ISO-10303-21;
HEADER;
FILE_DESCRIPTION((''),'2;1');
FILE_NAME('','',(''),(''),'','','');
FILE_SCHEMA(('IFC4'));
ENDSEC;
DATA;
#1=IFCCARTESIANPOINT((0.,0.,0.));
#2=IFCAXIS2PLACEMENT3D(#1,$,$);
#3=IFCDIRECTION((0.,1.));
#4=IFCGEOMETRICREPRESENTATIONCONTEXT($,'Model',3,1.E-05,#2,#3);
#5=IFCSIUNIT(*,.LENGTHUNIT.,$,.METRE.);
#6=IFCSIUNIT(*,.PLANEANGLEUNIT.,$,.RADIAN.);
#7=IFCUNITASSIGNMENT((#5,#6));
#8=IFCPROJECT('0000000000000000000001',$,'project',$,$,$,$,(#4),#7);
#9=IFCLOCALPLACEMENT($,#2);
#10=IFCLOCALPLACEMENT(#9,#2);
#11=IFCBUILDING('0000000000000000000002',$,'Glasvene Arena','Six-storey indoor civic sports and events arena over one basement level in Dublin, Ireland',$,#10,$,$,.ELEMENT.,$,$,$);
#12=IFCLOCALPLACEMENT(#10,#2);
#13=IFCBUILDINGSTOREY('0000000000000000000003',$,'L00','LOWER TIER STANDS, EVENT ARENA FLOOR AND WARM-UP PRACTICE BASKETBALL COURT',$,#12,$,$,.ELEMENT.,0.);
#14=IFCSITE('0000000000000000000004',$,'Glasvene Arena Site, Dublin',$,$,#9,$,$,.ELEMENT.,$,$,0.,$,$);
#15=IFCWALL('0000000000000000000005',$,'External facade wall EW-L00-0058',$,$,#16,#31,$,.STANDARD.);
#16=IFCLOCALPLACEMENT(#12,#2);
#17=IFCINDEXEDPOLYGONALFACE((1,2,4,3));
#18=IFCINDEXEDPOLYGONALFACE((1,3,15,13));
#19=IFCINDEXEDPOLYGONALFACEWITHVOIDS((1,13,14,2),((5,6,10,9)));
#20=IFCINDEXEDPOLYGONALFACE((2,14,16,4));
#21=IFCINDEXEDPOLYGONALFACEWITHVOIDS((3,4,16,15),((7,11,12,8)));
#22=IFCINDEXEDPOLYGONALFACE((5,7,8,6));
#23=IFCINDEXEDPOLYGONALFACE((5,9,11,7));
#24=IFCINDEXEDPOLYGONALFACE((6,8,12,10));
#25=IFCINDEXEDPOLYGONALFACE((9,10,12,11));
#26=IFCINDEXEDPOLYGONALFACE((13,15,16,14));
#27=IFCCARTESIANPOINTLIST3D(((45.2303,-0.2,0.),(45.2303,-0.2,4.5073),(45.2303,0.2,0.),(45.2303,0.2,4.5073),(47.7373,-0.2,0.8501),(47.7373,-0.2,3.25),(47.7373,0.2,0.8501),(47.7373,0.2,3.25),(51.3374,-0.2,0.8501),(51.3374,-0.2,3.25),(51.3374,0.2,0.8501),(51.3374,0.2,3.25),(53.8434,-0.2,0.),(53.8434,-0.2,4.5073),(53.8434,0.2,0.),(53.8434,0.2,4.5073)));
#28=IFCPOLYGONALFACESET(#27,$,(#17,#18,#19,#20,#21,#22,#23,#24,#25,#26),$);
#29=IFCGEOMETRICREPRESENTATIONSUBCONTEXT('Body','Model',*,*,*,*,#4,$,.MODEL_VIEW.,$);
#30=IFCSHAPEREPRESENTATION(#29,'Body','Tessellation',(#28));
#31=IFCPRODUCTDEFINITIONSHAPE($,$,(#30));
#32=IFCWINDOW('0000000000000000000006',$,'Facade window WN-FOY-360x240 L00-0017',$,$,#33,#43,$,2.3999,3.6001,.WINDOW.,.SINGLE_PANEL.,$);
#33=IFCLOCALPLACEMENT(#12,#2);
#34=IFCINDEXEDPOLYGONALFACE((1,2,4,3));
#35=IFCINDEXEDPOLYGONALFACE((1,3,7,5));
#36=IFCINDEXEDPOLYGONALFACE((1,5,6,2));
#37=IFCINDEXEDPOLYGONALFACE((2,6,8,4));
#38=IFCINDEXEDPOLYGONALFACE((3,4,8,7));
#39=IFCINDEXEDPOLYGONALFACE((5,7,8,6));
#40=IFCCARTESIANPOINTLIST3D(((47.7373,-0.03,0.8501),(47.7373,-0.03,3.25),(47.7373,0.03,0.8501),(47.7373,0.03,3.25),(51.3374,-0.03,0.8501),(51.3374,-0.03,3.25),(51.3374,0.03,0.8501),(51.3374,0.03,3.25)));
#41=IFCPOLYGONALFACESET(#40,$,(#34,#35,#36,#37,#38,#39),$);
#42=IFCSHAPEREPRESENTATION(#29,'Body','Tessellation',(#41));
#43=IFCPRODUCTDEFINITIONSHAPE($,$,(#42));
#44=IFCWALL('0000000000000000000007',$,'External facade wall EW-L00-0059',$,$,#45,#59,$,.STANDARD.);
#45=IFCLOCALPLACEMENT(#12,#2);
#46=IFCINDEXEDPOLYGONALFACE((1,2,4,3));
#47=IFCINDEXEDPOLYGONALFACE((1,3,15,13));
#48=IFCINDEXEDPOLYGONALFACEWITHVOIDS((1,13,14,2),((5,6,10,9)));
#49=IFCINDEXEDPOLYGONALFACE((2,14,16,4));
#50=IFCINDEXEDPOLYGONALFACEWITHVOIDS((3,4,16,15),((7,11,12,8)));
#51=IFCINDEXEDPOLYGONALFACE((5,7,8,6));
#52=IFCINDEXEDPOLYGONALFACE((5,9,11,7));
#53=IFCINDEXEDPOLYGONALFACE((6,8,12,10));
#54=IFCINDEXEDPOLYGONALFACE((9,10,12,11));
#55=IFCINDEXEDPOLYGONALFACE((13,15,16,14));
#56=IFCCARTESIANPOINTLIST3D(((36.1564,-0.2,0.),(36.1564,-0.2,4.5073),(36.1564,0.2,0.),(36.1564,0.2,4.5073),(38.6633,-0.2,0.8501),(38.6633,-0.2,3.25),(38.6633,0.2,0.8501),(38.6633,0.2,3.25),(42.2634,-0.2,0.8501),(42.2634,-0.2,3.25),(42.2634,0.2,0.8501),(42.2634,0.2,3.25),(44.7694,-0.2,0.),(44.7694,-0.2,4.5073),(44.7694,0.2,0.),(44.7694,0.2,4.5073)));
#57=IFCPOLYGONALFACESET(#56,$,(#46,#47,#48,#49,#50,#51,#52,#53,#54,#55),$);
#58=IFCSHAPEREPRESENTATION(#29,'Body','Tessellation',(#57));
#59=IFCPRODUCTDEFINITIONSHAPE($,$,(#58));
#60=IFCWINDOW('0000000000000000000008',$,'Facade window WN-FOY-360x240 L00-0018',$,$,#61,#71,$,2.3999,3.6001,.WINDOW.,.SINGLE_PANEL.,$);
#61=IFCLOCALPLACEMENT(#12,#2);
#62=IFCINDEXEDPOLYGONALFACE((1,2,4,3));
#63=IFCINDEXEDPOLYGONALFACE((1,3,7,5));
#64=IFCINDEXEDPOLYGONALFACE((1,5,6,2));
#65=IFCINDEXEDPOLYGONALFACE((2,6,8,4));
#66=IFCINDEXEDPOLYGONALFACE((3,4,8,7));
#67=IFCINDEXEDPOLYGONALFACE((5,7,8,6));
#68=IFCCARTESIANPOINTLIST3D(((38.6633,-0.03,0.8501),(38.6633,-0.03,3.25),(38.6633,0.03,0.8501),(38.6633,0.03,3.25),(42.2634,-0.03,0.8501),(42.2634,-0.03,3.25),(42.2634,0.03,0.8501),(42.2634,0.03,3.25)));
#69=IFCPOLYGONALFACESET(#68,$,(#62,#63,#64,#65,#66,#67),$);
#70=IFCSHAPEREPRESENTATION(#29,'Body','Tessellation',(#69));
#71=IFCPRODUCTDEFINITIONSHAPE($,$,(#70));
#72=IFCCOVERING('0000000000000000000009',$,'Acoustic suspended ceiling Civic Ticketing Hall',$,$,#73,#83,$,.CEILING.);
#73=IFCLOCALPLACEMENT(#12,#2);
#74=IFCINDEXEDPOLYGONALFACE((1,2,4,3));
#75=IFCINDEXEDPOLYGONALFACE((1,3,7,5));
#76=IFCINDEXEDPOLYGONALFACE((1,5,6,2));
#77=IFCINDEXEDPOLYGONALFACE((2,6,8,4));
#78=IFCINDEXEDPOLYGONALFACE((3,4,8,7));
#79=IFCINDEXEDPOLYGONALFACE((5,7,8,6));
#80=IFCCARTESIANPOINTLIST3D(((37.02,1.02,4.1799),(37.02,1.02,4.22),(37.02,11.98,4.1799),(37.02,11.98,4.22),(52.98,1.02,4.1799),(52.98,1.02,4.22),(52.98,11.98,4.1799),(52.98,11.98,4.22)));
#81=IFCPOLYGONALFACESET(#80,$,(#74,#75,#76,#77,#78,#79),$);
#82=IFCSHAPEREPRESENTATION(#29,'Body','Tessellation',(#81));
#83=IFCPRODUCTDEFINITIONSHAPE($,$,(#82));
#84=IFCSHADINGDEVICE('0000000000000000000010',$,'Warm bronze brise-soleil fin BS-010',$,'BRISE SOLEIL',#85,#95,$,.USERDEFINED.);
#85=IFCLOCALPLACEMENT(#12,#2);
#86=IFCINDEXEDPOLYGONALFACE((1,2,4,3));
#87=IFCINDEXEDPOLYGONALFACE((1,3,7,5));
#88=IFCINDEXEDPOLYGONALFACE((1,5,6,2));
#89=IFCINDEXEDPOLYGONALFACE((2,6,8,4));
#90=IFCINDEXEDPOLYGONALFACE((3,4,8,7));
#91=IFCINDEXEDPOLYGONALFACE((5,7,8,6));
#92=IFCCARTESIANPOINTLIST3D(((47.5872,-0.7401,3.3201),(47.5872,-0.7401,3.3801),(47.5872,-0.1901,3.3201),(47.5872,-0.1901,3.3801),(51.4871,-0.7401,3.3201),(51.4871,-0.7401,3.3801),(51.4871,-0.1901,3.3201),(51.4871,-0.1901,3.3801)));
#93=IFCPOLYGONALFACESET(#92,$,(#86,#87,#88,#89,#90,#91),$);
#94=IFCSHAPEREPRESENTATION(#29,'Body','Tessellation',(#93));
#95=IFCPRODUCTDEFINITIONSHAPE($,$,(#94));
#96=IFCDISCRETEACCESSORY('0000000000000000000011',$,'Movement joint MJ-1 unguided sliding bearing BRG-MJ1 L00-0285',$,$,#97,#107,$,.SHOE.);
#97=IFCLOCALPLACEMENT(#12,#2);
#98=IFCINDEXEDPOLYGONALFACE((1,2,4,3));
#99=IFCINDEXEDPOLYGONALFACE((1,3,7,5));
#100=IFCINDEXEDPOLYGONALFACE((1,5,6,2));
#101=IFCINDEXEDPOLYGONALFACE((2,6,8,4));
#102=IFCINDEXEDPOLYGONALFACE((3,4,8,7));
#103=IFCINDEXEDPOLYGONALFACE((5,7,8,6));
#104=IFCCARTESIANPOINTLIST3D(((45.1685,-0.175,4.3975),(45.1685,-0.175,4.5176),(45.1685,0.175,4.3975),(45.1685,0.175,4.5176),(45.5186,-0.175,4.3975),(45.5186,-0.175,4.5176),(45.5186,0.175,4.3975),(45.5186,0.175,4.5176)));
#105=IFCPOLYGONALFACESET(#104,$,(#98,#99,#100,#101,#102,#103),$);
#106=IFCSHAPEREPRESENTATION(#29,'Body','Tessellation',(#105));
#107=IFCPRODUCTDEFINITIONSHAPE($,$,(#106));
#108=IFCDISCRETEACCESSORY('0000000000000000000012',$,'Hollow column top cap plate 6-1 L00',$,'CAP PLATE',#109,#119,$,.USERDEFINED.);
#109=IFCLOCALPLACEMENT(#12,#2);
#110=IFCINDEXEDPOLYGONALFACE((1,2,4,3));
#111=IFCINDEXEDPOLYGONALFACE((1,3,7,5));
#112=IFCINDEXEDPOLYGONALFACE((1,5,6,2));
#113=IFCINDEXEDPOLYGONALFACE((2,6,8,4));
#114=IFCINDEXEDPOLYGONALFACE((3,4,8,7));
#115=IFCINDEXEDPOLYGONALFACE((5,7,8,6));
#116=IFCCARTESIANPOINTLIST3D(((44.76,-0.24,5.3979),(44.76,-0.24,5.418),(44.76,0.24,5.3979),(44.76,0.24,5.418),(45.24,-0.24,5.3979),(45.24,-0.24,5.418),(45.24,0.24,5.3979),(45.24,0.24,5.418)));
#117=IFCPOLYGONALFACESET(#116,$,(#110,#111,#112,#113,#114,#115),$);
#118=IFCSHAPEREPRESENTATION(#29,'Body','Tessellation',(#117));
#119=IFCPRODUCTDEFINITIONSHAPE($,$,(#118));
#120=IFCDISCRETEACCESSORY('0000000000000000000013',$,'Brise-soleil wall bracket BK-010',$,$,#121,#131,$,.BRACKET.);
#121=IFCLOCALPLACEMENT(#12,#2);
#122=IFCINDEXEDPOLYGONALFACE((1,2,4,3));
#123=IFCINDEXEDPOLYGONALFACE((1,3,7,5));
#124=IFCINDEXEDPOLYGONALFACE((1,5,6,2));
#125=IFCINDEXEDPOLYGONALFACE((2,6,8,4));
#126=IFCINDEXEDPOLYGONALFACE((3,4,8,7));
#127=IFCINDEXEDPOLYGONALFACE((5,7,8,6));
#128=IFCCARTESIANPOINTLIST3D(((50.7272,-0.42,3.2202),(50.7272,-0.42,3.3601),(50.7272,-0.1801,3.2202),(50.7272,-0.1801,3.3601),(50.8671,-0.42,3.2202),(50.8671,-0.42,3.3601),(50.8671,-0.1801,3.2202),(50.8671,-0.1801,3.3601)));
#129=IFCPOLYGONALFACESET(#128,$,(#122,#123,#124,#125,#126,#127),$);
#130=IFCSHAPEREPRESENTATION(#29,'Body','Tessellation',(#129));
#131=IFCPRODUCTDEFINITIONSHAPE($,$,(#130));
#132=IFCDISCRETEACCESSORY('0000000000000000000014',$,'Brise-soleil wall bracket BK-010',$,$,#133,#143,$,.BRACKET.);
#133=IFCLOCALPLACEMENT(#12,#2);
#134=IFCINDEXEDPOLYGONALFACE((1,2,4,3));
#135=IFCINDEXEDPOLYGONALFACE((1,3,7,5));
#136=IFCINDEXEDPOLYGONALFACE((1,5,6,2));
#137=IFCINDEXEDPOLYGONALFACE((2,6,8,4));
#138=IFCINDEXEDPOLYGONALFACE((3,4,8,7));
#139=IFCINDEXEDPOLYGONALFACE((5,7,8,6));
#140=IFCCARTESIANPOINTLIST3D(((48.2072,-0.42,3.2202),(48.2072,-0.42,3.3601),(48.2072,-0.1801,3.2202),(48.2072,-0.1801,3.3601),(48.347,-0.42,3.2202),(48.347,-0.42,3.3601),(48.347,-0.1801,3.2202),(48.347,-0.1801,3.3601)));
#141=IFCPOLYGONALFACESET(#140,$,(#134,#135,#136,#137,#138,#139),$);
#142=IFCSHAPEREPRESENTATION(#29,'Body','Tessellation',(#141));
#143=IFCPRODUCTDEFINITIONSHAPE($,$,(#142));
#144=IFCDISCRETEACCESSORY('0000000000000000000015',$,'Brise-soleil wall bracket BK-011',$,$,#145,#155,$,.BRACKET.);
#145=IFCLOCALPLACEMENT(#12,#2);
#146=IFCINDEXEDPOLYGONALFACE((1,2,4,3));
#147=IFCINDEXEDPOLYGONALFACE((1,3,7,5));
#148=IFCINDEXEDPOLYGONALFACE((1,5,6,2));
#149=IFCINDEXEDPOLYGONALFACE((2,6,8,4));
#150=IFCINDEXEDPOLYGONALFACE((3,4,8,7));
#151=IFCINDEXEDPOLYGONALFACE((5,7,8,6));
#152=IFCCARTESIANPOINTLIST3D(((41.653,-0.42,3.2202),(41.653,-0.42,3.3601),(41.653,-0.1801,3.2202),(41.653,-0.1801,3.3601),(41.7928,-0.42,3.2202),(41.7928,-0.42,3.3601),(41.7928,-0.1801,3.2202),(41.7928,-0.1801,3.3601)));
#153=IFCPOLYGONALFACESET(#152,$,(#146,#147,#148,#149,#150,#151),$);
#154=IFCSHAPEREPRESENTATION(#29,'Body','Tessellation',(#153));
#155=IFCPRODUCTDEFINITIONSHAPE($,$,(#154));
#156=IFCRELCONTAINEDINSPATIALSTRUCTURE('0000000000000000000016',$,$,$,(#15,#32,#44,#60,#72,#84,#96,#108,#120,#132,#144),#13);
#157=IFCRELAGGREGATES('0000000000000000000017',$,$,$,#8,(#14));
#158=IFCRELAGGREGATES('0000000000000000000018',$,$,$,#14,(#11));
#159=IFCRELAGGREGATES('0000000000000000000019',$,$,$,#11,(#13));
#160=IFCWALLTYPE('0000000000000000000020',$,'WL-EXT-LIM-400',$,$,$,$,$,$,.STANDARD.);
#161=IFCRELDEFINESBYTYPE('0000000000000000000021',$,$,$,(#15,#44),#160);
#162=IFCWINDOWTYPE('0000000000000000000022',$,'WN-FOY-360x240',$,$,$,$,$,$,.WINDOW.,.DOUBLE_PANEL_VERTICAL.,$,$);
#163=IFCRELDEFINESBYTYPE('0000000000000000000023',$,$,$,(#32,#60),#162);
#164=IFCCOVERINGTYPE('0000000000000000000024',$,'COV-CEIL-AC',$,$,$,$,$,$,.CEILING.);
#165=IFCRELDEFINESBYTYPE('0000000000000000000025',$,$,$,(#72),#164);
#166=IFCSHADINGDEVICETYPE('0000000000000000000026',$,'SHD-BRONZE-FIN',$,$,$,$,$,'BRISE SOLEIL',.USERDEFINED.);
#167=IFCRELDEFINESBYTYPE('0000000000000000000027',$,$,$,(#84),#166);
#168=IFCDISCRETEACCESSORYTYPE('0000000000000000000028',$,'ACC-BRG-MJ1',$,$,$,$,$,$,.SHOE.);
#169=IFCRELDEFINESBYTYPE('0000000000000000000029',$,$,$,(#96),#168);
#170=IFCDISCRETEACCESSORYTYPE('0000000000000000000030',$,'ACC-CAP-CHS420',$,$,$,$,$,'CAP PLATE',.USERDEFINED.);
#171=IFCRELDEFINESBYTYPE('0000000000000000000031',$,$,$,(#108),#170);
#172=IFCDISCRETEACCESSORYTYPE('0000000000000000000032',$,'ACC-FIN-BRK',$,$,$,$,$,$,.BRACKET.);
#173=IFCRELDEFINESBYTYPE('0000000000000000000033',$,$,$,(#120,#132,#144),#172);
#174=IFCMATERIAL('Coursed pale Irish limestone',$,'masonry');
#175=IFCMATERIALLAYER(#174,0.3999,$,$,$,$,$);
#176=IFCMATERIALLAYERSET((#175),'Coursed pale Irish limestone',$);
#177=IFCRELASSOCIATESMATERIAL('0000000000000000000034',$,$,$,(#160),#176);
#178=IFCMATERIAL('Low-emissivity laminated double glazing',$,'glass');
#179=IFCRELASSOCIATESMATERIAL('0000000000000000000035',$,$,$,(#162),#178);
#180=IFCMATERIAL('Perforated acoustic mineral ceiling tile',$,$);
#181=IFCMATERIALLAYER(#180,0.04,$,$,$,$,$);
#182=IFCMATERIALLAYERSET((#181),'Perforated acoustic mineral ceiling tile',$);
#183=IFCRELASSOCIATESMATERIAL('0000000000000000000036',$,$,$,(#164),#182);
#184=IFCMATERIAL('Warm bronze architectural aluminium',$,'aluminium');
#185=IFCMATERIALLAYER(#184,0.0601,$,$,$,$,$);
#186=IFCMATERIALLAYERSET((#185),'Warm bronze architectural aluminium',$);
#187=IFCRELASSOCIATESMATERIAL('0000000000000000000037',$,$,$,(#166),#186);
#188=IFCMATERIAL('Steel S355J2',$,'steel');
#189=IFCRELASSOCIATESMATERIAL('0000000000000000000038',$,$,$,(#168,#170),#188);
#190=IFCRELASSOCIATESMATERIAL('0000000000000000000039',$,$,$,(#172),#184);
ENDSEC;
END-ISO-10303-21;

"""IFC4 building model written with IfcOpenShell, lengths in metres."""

from ifc_helpers import new_model, si_unit, direction, frame, frame_2d, origin, origin_2d, place, context, subcontext, project, spatial, polyline, rectangle, outline, extrude, material, layer, layer_set, type_object, element, fill, save


model = new_model("IFC4")

# Units and contexts
model_context = context("Model", 3, precision=1e-05, world=origin(), true_north=direction((0.0, 1.0)))
body_context = subcontext(model_context, "Body", "Model", "MODEL_VIEW")
ifc_project = project(units=[si_unit("LENGTHUNIT", "METRE"), si_unit("PLANEANGLEUNIT", "RADIAN")], contexts=[model_context])

# Site, building, storey
site_placement = place(None, origin())
site = spatial("IfcSite", under=ifc_project, at=site_placement, Name="Glasvene Arena Site, Dublin", CompositionType="ELEMENT", RefElevation=0.0)
building_placement = place(site_placement, origin())
building = spatial("IfcBuilding", under=site, at=building_placement, Name="Glasvene Arena", Description="Six-storey indoor civic sports and events arena over one basement level in Dublin, Ireland", CompositionType="ELEMENT")
storey_placement = place(building_placement, origin())
storey = spatial("IfcBuildingStorey", under=building, at=storey_placement, Name="L00", Description="LOWER TIER STANDS, EVENT ARENA FLOOR AND WARM-UP PRACTICE BASKETBALL COURT", CompositionType="ELEMENT", Elevation=0.0)

# Shared definitions
ifc_material_1 = material(Name="Steel S355J2", Category="steel")

# Walls, openings, windows
ifc_material_2 = material(Name="Coursed pale Irish limestone", Category="masonry")
ifc_layer_1 = layer(ifc_material_2, 0.3999)
ifc_layer_set_1 = layer_set([ifc_layer_1], Name="Coursed pale Irish limestone")
wall_type = type_object("IfcWallType", Name="WL-EXT-LIM-400", PredefinedType="STANDARD", material=ifc_layer_set_1)
wall_1_placement = place(storey_placement, frame((53.8435, 0.0, 0.0), z_axis=(0.0, 0.0, 1.0), x_axis=(-1.0, 0.0, 0.0)))
wall_1 = element("IfcWall", 1, at=wall_1_placement, inside=storey, type_object=wall_type, Name="External facade wall EW-L00-0058", PredefinedType="STANDARD", context=body_context, shape_type="SweptSolid", body=[
    extrude(rectangle(XDim=8.613, YDim=0.3999, at=frame_2d((4.3066, 0.0))), origin(), (0.0, 0.0, 1.0), 4.5073),
])
opening_1_placement = place(wall_1_placement, frame((2.5061, 0.0, 0.8501)))
opening_1 = element("IfcOpeningElement", 2, at=opening_1_placement, cuts=wall_1, PredefinedType="OPENING", context=body_context, shape_type="SweptSolid", body=[
    extrude(rectangle(XDim=3.6001, YDim=2.3999, at=frame_2d((1.8, 1.2))), frame((0.0, 0.21, 0.0), z_axis=(0.0, -1.0, 0.0), x_axis=(1.0, 0.0, 0.0)), (0.0, 0.0, 1.0), 0.4199),
])
ifc_material_3 = material(Name="Low-emissivity laminated double glazing", Category="glass")
window_type = type_object("IfcWindowType", Name="WN-FOY-360x240", PartitioningType="DOUBLE_PANEL_VERTICAL", PredefinedType="WINDOW", material=ifc_material_3)
window_1_placement = place(opening_1_placement, origin())
window_1 = element("IfcWindow", 3, at=window_1_placement, inside=storey, type_object=window_type, Name="Facade window WN-FOY-360x240 L00-0017", OverallHeight=2.3999, OverallWidth=3.6001, PartitioningType="SINGLE_PANEL", PredefinedType="WINDOW", context=body_context, shape_type="SweptSolid", body=[
    extrude(rectangle(XDim=3.6001, YDim=2.3999, at=frame_2d((1.8, 1.2))), frame((0.0, 0.03, 0.0), z_axis=(0.0, -1.0, 0.0), x_axis=(1.0, 0.0, 0.0)), (0.0, 0.0, 1.0), 0.0601),
])
fill(opening_1, window_1)
wall_2_placement = place(storey_placement, frame((44.7695, 0.0, 0.0), z_axis=(0.0, 0.0, 1.0), x_axis=(-1.0, 0.0, 0.0)))
wall_2 = element("IfcWall", 4, at=wall_2_placement, inside=storey, type_object=wall_type, Name="External facade wall EW-L00-0059", PredefinedType="STANDARD", context=body_context, shape_type="SweptSolid", body=[
    extrude(rectangle(XDim=8.613, YDim=0.3999, at=frame_2d((4.3066, 0.0))), origin(), (0.0, 0.0, 1.0), 4.5073),
])
opening_2_placement = place(wall_2_placement, frame((2.5061, 0.0, 0.8501)))
opening_2 = element("IfcOpeningElement", 5, at=opening_2_placement, cuts=wall_2, PredefinedType="OPENING", context=body_context, shape_type="SweptSolid", body=[
    extrude(rectangle(XDim=3.6001, YDim=2.3999, at=frame_2d((1.8, 1.2))), frame((0.0, 0.21, 0.0), z_axis=(0.0, -1.0, 0.0), x_axis=(1.0, 0.0, 0.0)), (0.0, 0.0, 1.0), 0.4199),
])
window_2_placement = place(opening_2_placement, origin())
window_2 = element("IfcWindow", 6, at=window_2_placement, inside=storey, type_object=window_type, Name="Facade window WN-FOY-360x240 L00-0018", OverallHeight=2.3999, OverallWidth=3.6001, PartitioningType="SINGLE_PANEL", PredefinedType="WINDOW", context=body_context, shape_type="SweptSolid", body=[
    extrude(rectangle(XDim=3.6001, YDim=2.3999, at=frame_2d((1.8, 1.2))), frame((0.0, 0.03, 0.0), z_axis=(0.0, -1.0, 0.0), x_axis=(1.0, 0.0, 0.0)), (0.0, 0.0, 1.0), 0.0601),
])
fill(opening_2, window_2)

# Covering
ifc_material_4 = material(Name="Perforated acoustic mineral ceiling tile")
ifc_layer_2 = layer(ifc_material_4, 0.04)
ifc_layer_set_2 = layer_set([ifc_layer_2], Name="Perforated acoustic mineral ceiling tile")
covering_type = type_object("IfcCoveringType", Name="COV-CEIL-AC", PredefinedType="CEILING", material=ifc_layer_set_2)
covering_placement = place(storey_placement, frame((45.0, 6.5, 4.1799)))
element("IfcCovering", 7, at=covering_placement, inside=storey, type_object=covering_type, Name="Acoustic suspended ceiling Civic Ticketing Hall", PredefinedType="CEILING", context=body_context, shape_type="SweptSolid", body=[
    extrude(outline(polyline([(7.98, 5.48), (7.98, -5.48), (-7.98, -5.48), (-7.98, 5.48), (7.98, 5.48)])), origin(), (0.0, 0.0, 1.0), 0.04),
])

# Shading device
ifc_material_5 = material(Name="Warm bronze architectural aluminium", Category="aluminium")
ifc_layer_3 = layer(ifc_material_5, 0.0601)
ifc_layer_set_3 = layer_set([ifc_layer_3], Name="Warm bronze architectural aluminium")
shading_device_type = type_object("IfcShadingDeviceType", Name="SHD-BRONZE-FIN", ElementType="BRISE SOLEIL", PredefinedType="USERDEFINED", material=ifc_layer_set_3)
shading_device_placement = place(storey_placement, frame((49.5371, -0.4651, 3.3201), z_axis=(0.0, 0.0, 1.0), x_axis=(-1.0, 0.0, 0.0)))
element("IfcShadingDevice", 8, at=shading_device_placement, inside=storey, type_object=shading_device_type, Name="Warm bronze brise-soleil fin BS-010", ObjectType="BRISE SOLEIL", PredefinedType="USERDEFINED", context=body_context, shape_type="SweptSolid", body=[
    extrude(rectangle(XDim=3.8999, YDim=0.55, at=origin_2d()), origin(), (0.0, 0.0, 1.0), 0.0601),
])

# Discrete accessories
discrete_accessory_type_1 = type_object("IfcDiscreteAccessoryType", Name="ACC-BRG-MJ1", PredefinedType="SHOE", material=ifc_material_1)
discrete_accessory_1_placement = place(storey_placement, frame((45.3435, 0.0, 4.3975), z_axis=(0.0, 0.0, 1.0), x_axis=(1.0, 0.0, 0.0)))
element("IfcDiscreteAccessory", 9, at=discrete_accessory_1_placement, inside=storey, type_object=discrete_accessory_type_1, Name="Movement joint MJ-1 unguided sliding bearing BRG-MJ1 L00-0285", PredefinedType="SHOE", context=body_context, shape_type="SweptSolid", body=[
    extrude(rectangle(XDim=0.3501, YDim=0.3501, at=origin_2d()), origin(), (0.0, 0.0, 1.0), 0.1201),
])
discrete_accessory_type_2 = type_object("IfcDiscreteAccessoryType", Name="ACC-CAP-CHS420", ElementType="CAP PLATE", PredefinedType="USERDEFINED", material=ifc_material_1)
discrete_accessory_2_placement = place(storey_placement, frame((45.0, 0.0, 5.3979), z_axis=(0.0, 0.0, 1.0), x_axis=(1.0, 0.0, 0.0)))
element("IfcDiscreteAccessory", 10, at=discrete_accessory_2_placement, inside=storey, type_object=discrete_accessory_type_2, Name="Hollow column top cap plate 6-1 L00", ObjectType="CAP PLATE", PredefinedType="USERDEFINED", context=body_context, shape_type="SweptSolid", body=[
    extrude(rectangle(XDim=0.48, YDim=0.48, at=origin_2d()), origin(), (0.0, 0.0, 1.0), 0.02),
])
discrete_accessory_type_3 = type_object("IfcDiscreteAccessoryType", Name="ACC-FIN-BRK", PredefinedType="BRACKET", material=ifc_material_5)
for number, where, z_axis, x_axis, name in (
    (11, (50.7971, -0.3, 3.2202), (0.0, 0.0, 1.0), (-1.0, 0.0, 0.0), "Brise-soleil wall bracket BK-010"),
    (12, (48.2771, -0.3, 3.2202), (0.0, 0.0, 1.0), (-1.0, 0.0, 0.0), "Brise-soleil wall bracket BK-010"),
    (13, (41.7229, -0.3, 3.2202), (0.0, 0.0, 1.0), (-1.0, 0.0, 0.0), "Brise-soleil wall bracket BK-011"),
):
    element("IfcDiscreteAccessory", number, at=place(storey_placement, frame(where, z_axis=z_axis, x_axis=x_axis)), inside=storey, type_object=discrete_accessory_type_3, Name=name, PredefinedType="BRACKET", context=body_context, shape_type="SweptSolid", body=[
        extrude(rectangle(XDim=0.1399, YDim=0.24, at=origin_2d()), origin(), (0.0, 0.0, 1.0), 0.1399),
    ])

save(model, "model.ifc")
